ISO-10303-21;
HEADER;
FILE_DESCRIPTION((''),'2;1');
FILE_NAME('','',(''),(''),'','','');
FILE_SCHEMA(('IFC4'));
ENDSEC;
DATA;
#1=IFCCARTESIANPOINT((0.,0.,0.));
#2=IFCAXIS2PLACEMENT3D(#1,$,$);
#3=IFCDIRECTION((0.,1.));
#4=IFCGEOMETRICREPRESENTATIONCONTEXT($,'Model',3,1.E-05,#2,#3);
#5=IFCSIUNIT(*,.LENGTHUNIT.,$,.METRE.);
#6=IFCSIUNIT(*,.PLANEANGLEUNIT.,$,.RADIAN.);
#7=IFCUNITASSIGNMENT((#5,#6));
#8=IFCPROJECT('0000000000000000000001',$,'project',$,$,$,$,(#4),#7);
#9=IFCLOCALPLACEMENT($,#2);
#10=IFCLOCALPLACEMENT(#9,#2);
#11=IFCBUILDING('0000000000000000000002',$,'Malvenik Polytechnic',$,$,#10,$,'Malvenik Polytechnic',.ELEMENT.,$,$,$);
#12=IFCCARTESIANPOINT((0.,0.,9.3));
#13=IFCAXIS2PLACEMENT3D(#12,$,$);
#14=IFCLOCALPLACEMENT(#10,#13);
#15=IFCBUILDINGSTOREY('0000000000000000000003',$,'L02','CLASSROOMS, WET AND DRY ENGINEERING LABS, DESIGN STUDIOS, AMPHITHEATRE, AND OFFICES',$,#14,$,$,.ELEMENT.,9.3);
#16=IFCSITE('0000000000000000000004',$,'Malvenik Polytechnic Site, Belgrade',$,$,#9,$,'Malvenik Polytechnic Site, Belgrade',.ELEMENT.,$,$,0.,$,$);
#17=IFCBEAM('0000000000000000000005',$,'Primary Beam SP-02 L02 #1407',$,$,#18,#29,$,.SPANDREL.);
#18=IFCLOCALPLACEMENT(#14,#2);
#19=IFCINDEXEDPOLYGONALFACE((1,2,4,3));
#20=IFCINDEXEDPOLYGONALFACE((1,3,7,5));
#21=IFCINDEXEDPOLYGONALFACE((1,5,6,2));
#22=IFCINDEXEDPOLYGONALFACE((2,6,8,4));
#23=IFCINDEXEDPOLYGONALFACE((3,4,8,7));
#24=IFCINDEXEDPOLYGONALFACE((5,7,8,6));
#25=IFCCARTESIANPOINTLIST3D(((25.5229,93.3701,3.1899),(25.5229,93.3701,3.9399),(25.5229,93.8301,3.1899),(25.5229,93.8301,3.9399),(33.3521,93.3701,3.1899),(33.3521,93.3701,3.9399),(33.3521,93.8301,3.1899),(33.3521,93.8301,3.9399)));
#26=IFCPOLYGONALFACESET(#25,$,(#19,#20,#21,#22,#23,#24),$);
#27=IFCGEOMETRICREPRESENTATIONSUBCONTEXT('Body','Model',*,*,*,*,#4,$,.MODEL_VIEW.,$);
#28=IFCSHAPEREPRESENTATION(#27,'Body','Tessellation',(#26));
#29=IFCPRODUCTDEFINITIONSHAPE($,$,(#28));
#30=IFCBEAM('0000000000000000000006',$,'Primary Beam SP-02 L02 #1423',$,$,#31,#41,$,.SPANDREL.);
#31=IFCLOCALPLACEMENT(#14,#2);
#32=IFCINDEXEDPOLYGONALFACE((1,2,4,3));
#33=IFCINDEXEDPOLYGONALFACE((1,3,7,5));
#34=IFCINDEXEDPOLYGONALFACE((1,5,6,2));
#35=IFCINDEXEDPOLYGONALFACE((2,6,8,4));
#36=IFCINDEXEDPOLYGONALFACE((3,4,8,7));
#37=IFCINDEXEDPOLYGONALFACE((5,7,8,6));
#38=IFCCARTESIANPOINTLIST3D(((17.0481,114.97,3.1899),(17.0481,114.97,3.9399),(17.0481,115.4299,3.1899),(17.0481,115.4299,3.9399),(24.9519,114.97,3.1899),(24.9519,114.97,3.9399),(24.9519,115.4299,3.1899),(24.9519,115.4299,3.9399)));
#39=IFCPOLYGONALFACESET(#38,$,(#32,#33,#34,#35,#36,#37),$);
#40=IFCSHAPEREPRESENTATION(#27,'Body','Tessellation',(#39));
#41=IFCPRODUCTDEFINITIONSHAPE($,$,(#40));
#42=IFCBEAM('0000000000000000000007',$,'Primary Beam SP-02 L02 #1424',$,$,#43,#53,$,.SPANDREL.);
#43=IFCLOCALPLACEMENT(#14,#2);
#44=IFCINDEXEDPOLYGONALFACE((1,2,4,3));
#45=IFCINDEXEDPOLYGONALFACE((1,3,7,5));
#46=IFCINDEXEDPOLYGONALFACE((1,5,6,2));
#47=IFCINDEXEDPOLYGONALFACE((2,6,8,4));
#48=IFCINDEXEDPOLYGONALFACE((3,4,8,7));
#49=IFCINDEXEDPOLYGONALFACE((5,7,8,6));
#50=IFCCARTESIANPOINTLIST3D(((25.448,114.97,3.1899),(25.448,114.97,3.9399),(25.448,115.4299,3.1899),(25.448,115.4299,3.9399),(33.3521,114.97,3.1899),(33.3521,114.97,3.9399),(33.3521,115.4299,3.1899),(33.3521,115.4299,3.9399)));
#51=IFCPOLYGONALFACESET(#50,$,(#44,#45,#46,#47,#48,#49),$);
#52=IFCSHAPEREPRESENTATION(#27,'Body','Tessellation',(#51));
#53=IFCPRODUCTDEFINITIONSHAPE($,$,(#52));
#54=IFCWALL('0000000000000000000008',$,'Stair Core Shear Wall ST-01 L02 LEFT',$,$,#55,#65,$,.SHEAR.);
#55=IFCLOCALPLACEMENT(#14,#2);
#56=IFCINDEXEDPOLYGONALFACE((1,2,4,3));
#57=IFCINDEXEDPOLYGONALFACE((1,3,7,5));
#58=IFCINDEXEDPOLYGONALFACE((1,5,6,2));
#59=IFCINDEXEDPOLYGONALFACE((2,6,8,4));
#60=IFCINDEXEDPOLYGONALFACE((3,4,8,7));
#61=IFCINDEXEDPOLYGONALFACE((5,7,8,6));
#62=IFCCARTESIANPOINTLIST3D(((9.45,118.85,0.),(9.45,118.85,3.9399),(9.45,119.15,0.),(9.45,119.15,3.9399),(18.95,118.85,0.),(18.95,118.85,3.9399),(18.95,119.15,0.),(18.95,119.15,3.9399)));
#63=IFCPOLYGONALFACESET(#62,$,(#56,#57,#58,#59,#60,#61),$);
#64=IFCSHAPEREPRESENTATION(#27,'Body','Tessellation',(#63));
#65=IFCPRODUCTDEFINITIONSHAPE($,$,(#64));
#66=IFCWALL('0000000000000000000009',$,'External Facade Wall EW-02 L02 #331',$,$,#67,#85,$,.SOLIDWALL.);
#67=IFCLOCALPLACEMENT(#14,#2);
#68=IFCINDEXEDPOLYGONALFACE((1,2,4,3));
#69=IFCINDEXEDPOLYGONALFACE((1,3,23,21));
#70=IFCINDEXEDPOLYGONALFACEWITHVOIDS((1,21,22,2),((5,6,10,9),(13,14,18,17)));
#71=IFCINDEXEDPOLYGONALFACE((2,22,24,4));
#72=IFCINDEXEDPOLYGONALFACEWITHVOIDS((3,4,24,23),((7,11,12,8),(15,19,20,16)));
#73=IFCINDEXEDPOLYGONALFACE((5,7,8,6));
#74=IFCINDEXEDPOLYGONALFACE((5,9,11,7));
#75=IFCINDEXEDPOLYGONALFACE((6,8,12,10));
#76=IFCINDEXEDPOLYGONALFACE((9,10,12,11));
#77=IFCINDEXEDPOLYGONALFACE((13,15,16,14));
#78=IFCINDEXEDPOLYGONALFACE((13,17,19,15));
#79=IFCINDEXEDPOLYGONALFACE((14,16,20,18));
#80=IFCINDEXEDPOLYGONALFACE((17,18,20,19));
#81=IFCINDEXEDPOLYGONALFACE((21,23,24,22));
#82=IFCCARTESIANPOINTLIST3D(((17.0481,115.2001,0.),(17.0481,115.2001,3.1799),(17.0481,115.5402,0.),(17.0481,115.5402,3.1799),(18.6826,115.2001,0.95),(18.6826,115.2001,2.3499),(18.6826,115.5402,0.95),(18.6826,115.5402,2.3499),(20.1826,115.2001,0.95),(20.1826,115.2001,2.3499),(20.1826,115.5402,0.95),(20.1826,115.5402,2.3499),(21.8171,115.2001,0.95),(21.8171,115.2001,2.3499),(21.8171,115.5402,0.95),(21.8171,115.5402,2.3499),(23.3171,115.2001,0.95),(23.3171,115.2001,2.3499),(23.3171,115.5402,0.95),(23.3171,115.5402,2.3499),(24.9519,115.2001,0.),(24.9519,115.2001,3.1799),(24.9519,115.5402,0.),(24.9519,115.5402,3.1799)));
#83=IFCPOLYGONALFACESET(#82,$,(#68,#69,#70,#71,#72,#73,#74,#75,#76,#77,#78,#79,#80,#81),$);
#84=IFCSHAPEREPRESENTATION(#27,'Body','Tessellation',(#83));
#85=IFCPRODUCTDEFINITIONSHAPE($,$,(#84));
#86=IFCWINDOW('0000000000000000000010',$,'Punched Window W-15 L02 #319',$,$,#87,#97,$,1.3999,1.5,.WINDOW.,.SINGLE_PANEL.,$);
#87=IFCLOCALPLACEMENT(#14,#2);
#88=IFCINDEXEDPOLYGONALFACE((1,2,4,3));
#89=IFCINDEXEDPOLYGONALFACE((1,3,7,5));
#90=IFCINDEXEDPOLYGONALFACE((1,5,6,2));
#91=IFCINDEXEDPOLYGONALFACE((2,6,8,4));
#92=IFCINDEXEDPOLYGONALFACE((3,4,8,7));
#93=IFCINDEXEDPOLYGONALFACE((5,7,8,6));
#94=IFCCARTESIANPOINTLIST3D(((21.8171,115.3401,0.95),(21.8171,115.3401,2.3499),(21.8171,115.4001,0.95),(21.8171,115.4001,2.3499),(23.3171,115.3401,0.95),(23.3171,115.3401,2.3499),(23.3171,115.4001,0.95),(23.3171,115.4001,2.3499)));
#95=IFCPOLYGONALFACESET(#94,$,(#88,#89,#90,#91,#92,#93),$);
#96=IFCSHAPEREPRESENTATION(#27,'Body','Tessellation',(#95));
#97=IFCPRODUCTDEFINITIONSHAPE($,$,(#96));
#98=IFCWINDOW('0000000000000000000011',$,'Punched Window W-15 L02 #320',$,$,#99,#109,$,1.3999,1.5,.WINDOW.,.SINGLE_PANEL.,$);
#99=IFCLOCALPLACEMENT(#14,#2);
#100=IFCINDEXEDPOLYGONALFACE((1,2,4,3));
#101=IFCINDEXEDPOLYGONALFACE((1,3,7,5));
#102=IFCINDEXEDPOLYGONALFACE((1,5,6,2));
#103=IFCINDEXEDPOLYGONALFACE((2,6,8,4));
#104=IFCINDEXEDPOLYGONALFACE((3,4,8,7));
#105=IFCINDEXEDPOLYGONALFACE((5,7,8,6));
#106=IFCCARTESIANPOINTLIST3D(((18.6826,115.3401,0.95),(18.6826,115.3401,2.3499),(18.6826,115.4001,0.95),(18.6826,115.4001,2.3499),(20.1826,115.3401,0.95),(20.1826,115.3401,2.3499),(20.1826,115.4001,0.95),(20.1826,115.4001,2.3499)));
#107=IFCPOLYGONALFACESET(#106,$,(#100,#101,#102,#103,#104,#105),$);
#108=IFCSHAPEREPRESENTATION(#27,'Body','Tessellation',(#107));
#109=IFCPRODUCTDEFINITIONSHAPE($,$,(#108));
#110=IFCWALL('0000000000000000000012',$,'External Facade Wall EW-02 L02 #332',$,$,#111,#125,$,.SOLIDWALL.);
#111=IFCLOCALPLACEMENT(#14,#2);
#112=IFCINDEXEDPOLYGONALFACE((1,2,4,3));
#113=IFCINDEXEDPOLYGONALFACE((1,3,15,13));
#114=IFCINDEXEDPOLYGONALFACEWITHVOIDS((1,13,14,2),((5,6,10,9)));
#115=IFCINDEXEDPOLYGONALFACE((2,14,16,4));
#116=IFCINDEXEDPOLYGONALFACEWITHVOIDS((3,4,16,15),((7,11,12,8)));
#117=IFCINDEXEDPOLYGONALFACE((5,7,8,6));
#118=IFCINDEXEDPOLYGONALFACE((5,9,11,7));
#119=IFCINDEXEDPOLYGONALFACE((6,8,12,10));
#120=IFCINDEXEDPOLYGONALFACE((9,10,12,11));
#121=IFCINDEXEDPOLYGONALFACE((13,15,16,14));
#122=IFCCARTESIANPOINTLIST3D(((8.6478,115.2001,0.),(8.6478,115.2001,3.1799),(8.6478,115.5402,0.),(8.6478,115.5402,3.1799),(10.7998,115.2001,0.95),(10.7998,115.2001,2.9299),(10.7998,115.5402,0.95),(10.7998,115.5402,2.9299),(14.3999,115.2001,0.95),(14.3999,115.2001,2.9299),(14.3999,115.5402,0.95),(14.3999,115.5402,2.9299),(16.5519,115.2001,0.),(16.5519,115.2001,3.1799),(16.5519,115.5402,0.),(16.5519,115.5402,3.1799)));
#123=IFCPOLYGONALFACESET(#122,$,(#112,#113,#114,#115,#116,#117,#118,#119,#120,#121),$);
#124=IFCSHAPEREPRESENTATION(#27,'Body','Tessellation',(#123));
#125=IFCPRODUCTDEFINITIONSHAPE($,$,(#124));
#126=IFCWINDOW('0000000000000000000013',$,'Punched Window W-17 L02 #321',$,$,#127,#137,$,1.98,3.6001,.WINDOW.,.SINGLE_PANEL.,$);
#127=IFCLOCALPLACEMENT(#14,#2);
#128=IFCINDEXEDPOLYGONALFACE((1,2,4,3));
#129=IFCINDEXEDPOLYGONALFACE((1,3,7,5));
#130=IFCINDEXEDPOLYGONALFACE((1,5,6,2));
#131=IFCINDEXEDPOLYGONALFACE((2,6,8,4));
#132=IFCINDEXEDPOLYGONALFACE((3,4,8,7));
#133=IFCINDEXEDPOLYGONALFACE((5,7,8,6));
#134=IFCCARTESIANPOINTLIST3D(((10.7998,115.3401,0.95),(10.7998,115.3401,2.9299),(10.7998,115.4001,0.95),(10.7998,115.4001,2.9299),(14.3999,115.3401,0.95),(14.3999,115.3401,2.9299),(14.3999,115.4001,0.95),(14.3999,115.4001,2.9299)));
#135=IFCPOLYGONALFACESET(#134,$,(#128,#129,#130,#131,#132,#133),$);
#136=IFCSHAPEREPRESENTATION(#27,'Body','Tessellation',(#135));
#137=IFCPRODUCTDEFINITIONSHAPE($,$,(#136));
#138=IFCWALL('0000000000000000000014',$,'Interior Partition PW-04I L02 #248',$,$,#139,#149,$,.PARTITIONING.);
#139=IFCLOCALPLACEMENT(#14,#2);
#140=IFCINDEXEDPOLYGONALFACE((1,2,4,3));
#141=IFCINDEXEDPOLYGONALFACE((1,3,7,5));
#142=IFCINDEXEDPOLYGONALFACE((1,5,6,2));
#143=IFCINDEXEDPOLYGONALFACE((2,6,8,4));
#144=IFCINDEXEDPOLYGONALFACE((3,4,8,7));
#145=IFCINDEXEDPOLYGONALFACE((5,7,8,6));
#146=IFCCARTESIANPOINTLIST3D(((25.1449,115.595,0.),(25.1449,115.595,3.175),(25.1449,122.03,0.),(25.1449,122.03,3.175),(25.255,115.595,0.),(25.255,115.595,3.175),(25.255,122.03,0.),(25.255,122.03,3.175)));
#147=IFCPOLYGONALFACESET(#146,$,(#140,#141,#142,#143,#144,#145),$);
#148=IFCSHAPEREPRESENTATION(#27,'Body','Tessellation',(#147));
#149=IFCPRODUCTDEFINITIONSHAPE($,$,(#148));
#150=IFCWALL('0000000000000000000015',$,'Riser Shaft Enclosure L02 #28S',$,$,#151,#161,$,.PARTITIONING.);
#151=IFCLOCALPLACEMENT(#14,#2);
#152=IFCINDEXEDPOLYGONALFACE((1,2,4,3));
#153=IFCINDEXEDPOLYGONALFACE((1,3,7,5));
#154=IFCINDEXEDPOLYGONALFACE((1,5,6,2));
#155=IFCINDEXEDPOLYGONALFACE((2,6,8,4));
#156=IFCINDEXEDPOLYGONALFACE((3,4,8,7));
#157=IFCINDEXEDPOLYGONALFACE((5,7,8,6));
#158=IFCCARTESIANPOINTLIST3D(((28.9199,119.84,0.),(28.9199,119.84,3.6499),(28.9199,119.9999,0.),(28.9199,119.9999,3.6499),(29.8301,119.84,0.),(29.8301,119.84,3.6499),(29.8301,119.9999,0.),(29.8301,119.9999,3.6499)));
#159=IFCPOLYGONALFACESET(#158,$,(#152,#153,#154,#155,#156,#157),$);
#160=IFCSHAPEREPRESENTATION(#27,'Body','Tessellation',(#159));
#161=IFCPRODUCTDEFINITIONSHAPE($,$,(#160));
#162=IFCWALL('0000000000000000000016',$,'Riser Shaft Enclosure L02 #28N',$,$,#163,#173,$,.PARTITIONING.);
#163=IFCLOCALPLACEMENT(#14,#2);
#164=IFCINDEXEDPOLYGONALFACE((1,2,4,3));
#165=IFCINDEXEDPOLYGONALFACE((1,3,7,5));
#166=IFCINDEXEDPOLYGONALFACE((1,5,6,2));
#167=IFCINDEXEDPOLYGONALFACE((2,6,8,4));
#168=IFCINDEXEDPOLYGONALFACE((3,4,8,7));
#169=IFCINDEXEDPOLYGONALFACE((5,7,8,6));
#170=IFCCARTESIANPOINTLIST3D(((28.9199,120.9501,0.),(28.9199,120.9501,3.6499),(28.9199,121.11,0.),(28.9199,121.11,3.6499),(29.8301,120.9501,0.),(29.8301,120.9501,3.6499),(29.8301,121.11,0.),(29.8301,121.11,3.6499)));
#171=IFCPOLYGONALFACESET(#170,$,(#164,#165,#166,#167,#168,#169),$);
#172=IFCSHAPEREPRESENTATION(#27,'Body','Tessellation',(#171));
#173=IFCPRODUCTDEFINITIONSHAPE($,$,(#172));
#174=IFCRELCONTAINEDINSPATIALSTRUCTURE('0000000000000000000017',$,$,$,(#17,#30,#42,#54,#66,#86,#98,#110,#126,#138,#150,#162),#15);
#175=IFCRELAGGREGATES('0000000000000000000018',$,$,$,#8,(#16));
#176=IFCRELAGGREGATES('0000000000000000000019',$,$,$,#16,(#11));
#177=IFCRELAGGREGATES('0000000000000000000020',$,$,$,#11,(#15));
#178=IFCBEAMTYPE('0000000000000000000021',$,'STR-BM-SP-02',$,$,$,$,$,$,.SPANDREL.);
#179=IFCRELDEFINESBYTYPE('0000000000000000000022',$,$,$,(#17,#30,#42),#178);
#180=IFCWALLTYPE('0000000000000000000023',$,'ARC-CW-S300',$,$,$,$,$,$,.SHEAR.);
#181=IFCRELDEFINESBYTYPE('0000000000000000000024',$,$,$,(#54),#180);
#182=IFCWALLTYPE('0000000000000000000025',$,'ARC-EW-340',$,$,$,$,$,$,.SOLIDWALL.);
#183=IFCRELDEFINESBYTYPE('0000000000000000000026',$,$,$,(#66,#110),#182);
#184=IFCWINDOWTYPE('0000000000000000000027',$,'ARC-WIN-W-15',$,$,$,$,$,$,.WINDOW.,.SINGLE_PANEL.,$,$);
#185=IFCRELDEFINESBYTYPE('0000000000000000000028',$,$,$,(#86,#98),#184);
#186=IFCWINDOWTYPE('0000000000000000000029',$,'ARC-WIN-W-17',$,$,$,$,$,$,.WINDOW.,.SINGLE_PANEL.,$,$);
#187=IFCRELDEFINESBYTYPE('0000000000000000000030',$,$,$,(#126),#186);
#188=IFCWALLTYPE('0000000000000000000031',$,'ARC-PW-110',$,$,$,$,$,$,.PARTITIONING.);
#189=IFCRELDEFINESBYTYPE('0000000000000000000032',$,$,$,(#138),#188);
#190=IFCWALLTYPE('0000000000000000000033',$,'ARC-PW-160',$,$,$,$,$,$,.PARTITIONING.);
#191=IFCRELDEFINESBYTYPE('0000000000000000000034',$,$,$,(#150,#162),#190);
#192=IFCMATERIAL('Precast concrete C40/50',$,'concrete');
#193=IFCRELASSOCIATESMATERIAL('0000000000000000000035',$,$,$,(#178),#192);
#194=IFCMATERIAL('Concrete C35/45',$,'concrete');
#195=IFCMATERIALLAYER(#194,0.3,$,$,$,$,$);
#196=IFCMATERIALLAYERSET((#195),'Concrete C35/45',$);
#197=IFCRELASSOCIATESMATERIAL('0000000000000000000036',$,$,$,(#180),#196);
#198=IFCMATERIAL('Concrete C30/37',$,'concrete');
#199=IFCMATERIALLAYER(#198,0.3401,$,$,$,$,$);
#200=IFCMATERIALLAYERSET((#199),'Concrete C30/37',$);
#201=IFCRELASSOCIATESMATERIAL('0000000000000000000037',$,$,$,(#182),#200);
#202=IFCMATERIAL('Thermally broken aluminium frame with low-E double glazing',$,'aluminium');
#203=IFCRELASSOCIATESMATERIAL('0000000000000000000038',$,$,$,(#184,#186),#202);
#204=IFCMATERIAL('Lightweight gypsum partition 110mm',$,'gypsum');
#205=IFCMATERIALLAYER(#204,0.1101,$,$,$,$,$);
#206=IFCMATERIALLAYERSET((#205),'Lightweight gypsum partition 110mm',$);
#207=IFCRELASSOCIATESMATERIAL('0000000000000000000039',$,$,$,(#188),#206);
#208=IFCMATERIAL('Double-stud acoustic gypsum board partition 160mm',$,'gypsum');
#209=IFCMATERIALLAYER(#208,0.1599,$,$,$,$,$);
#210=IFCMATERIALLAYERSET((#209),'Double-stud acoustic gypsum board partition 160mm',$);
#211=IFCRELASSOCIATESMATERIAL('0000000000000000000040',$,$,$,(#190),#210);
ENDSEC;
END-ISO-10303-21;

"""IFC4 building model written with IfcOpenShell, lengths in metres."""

from ifc_helpers import new_model, si_unit, direction, frame, frame_2d, origin, origin_2d, place, context, subcontext, project, spatial, rectangle, extrude, material, layer, layer_set, material_profile, profile_set, type_object, element, fill, save


model = new_model("IFC4")

# Units and contexts
model_context = context("Model", 3, precision=1e-05, world=origin(), true_north=direction((0.0, 1.0)))
body_context = subcontext(model_context, "Body", "Model", "MODEL_VIEW")
ifc_project = project(units=[si_unit("LENGTHUNIT", "METRE"), si_unit("PLANEANGLEUNIT", "RADIAN")], contexts=[model_context])

# Site, building, storey
site_placement = place(None, origin())
site = spatial("IfcSite", under=ifc_project, at=site_placement, Name="Malvenik Polytechnic Site, Belgrade", LongName="Malvenik Polytechnic Site, Belgrade", CompositionType="ELEMENT", RefElevation=0.0)
building_placement = place(site_placement, origin())
building = spatial("IfcBuilding", under=site, at=building_placement, Name="Malvenik Polytechnic", LongName="Malvenik Polytechnic", CompositionType="ELEMENT")
storey_placement = place(building_placement, frame((0.0, 0.0, 9.3)))
storey = spatial("IfcBuildingStorey", under=building, at=storey_placement, Name="L02", Description="CLASSROOMS, WET AND DRY ENGINEERING LABS, DESIGN STUDIOS, AMPHITHEATRE, AND OFFICES", CompositionType="ELEMENT", Elevation=9.3)

# Shared definitions
ifc_material_1 = material(Name="Concrete C35/45", Category="concrete")

# Beams
ifc_material_2 = material(Name="Precast concrete C40/50", Category="concrete")
ifc_material_profile_1 = material_profile(ifc_material_2, rectangle(XDim=0.46, YDim=0.75, at=origin_2d()), Name="PC SPN 460x750")
ifc_profile_set_1 = profile_set([ifc_material_profile_1], Name="Precast concrete C40/50")
beam_type_1 = type_object("IfcBeamType", Name="STR-BM-SP-02", PredefinedType="SPANDREL", material=ifc_profile_set_1)
beam_1_placement = place(storey_placement, frame((25.5229, 93.6001, 3.5649), z_axis=(1.0, 0.0, 0.0), x_axis=(0.0, 1.0, 0.0)))
element("IfcBeam", 1, at=beam_1_placement, inside=storey, type_object=beam_type_1, Name="Primary Beam SP-02 L02 #1407", PredefinedType="SPANDREL", context=body_context, shape_type="SweptSolid", body=[
    extrude(rectangle(XDim=0.46, YDim=0.75, at=origin_2d()), origin(), (0.0, 0.0, 1.0), 7.8291),
])
beam_2_placement = place(storey_placement, frame((17.0481, 115.2, 3.5649), z_axis=(1.0, 0.0, 0.0), x_axis=(0.0, 1.0, 0.0)))
element("IfcBeam", 2, at=beam_2_placement, inside=storey, type_object=beam_type_1, Name="Primary Beam SP-02 L02 #1423", PredefinedType="SPANDREL", context=body_context, shape_type="SweptSolid", body=[
    extrude(rectangle(XDim=0.46, YDim=0.75, at=origin_2d()), origin(), (0.0, 0.0, 1.0), 7.9038),
])
beam_3_placement = place(storey_placement, frame((25.448, 115.2, 3.5649), z_axis=(1.0, 0.0, 0.0), x_axis=(0.0, 1.0, 0.0)))
element("IfcBeam", 3, at=beam_3_placement, inside=storey, type_object=beam_type_1, Name="Primary Beam SP-02 L02 #1424", PredefinedType="SPANDREL", context=body_context, shape_type="SweptSolid", body=[
    extrude(rectangle(XDim=0.46, YDim=0.75, at=origin_2d()), origin(), (0.0, 0.0, 1.0), 7.9041),
])

# Wall
ifc_layer_1 = layer(ifc_material_1, 0.3)
ifc_layer_set_1 = layer_set([ifc_layer_1], Name="Concrete C35/45")
wall_type_1 = type_object("IfcWallType", Name="ARC-CW-S300", PredefinedType="SHEAR", material=ifc_layer_set_1)
wall_1_placement = place(storey_placement, frame((18.95, 119.0, 0.0), z_axis=(0.0, 0.0, 1.0), x_axis=(-1.0, 0.0, 0.0)))
element("IfcWall", 4, at=wall_1_placement, inside=storey, type_object=wall_type_1, Name="Stair Core Shear Wall ST-01 L02 LEFT", PredefinedType="SHEAR", context=body_context, shape_type="SweptSolid", body=[
    extrude(rectangle(XDim=9.5, YDim=0.3, at=frame_2d((4.75, 0.0))), origin(), (0.0, 0.0, 1.0), 3.9399),
])

# Wall, openings, windows
ifc_material_3 = material(Name="Concrete C30/37", Category="concrete")
ifc_layer_2 = layer(ifc_material_3, 0.3401)
ifc_layer_set_2 = layer_set([ifc_layer_2], Name="Concrete C30/37")
wall_type_2 = type_object("IfcWallType", Name="ARC-EW-340", PredefinedType="SOLIDWALL", material=ifc_layer_set_2)
wall_2_placement = place(storey_placement, frame((24.9519, 115.3701, 0.0), z_axis=(0.0, 0.0, 1.0), x_axis=(-1.0, 0.0, 0.0)))
wall_2 = element("IfcWall", 5, at=wall_2_placement, inside=storey, type_object=wall_type_2, Name="External Facade Wall EW-02 L02 #331", PredefinedType="SOLIDWALL", context=body_context, shape_type="SweptSolid", body=[
    extrude(rectangle(XDim=7.9038, YDim=0.3401, at=frame_2d((3.9519, 0.0))), origin(), (0.0, 0.0, 1.0), 3.1799),
])
opening_1_placement = place(wall_2_placement, frame((1.6348, 0.0, 0.95)))
opening_1 = element("IfcOpeningElement", 6, at=opening_1_placement, cuts=wall_2, PredefinedType="OPENING", context=body_context, shape_type="SweptSolid", body=[
    extrude(rectangle(XDim=1.5, YDim=1.3999, at=frame_2d((0.75, 0.7))), frame((0.0, 0.1802, 0.0), z_axis=(0.0, -1.0, 0.0), x_axis=(1.0, 0.0, 0.0)), (0.0, 0.0, 1.0), 0.3601),
])
opening_2_placement = place(wall_2_placement, frame((4.7693, 0.0, 0.95)))
opening_2 = element("IfcOpeningElement", 7, at=opening_2_placement, cuts=wall_2, PredefinedType="OPENING", context=body_context, shape_type="SweptSolid", body=[
    extrude(rectangle(XDim=1.5, YDim=1.3999, at=frame_2d((0.75, 0.7))), frame((0.0, 0.1802, 0.0), z_axis=(0.0, -1.0, 0.0), x_axis=(1.0, 0.0, 0.0)), (0.0, 0.0, 1.0), 0.3601),
])
ifc_material_4 = material(Name="Thermally broken aluminium frame with low-E double glazing", Category="aluminium")
window_type_1 = type_object("IfcWindowType", Name="ARC-WIN-W-15", PartitioningType="SINGLE_PANEL", PredefinedType="WINDOW", material=ifc_material_4)
window_1_placement = place(opening_1_placement, origin())
window_1 = element("IfcWindow", 8, at=window_1_placement, inside=storey, type_object=window_type_1, Name="Punched Window W-15 L02 #319", OverallHeight=1.3999, OverallWidth=1.5, PartitioningType="SINGLE_PANEL", PredefinedType="WINDOW", context=body_context, shape_type="SweptSolid", body=[
    extrude(rectangle(XDim=1.5, YDim=1.3999, at=frame_2d((0.75, 0.7))), frame((0.0, 0.03, 0.0), z_axis=(0.0, -1.0, 0.0), x_axis=(1.0, 0.0, 0.0)), (0.0, 0.0, 1.0), 0.0601),
])
fill(opening_1, window_1)
window_2_placement = place(opening_2_placement, origin())
window_2 = element("IfcWindow", 9, at=window_2_placement, inside=storey, type_object=window_type_1, Name="Punched Window W-15 L02 #320", OverallHeight=1.3999, OverallWidth=1.5, PartitioningType="SINGLE_PANEL", PredefinedType="WINDOW", context=body_context, shape_type="SweptSolid", body=[
    extrude(rectangle(XDim=1.5, YDim=1.3999, at=frame_2d((0.75, 0.7))), frame((0.0, 0.03, 0.0), z_axis=(0.0, -1.0, 0.0), x_axis=(1.0, 0.0, 0.0)), (0.0, 0.0, 1.0), 0.0601),
])
fill(opening_2, window_2)

# Wall, opening, window
wall_3_placement = place(storey_placement, frame((16.552, 115.3701, 0.0), z_axis=(0.0, 0.0, 1.0), x_axis=(-1.0, 0.0, 0.0)))
wall_3 = element("IfcWall", 10, at=wall_3_placement, inside=storey, type_object=wall_type_2, Name="External Facade Wall EW-02 L02 #332", PredefinedType="SOLIDWALL", context=body_context, shape_type="SweptSolid", body=[
    extrude(rectangle(XDim=7.9041, YDim=0.3401, at=frame_2d((3.9521, 0.0))), origin(), (0.0, 0.0, 1.0), 3.1799),
])
opening_3_placement = place(wall_3_placement, frame((2.1521, 0.0, 0.95)))
opening_3 = element("IfcOpeningElement", 11, at=opening_3_placement, cuts=wall_3, PredefinedType="OPENING", context=body_context, shape_type="SweptSolid", body=[
    extrude(rectangle(XDim=3.6001, YDim=1.98, at=frame_2d((1.8, 0.99))), frame((0.0, 0.1802, 0.0), z_axis=(0.0, -1.0, 0.0), x_axis=(1.0, 0.0, 0.0)), (0.0, 0.0, 1.0), 0.3601),
])
window_type_2 = type_object("IfcWindowType", Name="ARC-WIN-W-17", PartitioningType="SINGLE_PANEL", PredefinedType="WINDOW", material=ifc_material_4)
window_3_placement = place(opening_3_placement, origin())
window_3 = element("IfcWindow", 12, at=window_3_placement, inside=storey, type_object=window_type_2, Name="Punched Window W-17 L02 #321", OverallHeight=1.98, OverallWidth=3.6001, PartitioningType="SINGLE_PANEL", PredefinedType="WINDOW", context=body_context, shape_type="SweptSolid", body=[
    extrude(rectangle(XDim=3.6001, YDim=1.98, at=frame_2d((1.8, 0.99))), frame((0.0, 0.03, 0.0), z_axis=(0.0, -1.0, 0.0), x_axis=(1.0, 0.0, 0.0)), (0.0, 0.0, 1.0), 0.0601),
])
fill(opening_3, window_3)

# Walls
ifc_material_5 = material(Name="Lightweight gypsum partition 110mm", Category="gypsum")
ifc_layer_3 = layer(ifc_material_5, 0.1101)
ifc_layer_set_3 = layer_set([ifc_layer_3], Name="Lightweight gypsum partition 110mm")
wall_type_3 = type_object("IfcWallType", Name="ARC-PW-110", PredefinedType="PARTITIONING", material=ifc_layer_set_3)
wall_4_placement = place(storey_placement, frame((25.2, 115.595, 0.0), z_axis=(0.0, 0.0, 1.0), x_axis=(0.0, 1.0, 0.0)))
element("IfcWall", 13, at=wall_4_placement, inside=storey, type_object=wall_type_3, Name="Interior Partition PW-04I L02 #248", PredefinedType="PARTITIONING", context=body_context, shape_type="SweptSolid", body=[
    extrude(rectangle(XDim=6.4351, YDim=0.1101, at=frame_2d((3.2175, 0.0))), origin(), (0.0, 0.0, 1.0), 3.175),
])
ifc_material_6 = material(Name="Double-stud acoustic gypsum board partition 160mm", Category="gypsum")
ifc_layer_4 = layer(ifc_material_6, 0.1599)
ifc_layer_set_4 = layer_set([ifc_layer_4], Name="Double-stud acoustic gypsum board partition 160mm")
wall_type_4 = type_object("IfcWallType", Name="ARC-PW-160", PredefinedType="PARTITIONING", material=ifc_layer_set_4)
for number, where, z_axis, x_axis, name in (
    (14, (28.9199, 119.9199, 0.0), (0.0, 0.0, 1.0), (1.0, 0.0, 0.0), "Riser Shaft Enclosure L02 #28S"),
    (15, (29.8301, 121.03, 0.0), (0.0, 0.0, 1.0), (-1.0, 0.0, 0.0), "Riser Shaft Enclosure L02 #28N"),
):
    element("IfcWall", number, at=place(storey_placement, frame(where, z_axis=z_axis, x_axis=x_axis)), inside=storey, type_object=wall_type_4, Name=name, PredefinedType="PARTITIONING", context=body_context, shape_type="SweptSolid", body=[
        extrude(rectangle(XDim=0.9102, YDim=0.1599, at=frame_2d((0.4551, 0.0))), origin(), (0.0, 0.0, 1.0), 3.6499),
    ])

save(model, "model.ifc")
